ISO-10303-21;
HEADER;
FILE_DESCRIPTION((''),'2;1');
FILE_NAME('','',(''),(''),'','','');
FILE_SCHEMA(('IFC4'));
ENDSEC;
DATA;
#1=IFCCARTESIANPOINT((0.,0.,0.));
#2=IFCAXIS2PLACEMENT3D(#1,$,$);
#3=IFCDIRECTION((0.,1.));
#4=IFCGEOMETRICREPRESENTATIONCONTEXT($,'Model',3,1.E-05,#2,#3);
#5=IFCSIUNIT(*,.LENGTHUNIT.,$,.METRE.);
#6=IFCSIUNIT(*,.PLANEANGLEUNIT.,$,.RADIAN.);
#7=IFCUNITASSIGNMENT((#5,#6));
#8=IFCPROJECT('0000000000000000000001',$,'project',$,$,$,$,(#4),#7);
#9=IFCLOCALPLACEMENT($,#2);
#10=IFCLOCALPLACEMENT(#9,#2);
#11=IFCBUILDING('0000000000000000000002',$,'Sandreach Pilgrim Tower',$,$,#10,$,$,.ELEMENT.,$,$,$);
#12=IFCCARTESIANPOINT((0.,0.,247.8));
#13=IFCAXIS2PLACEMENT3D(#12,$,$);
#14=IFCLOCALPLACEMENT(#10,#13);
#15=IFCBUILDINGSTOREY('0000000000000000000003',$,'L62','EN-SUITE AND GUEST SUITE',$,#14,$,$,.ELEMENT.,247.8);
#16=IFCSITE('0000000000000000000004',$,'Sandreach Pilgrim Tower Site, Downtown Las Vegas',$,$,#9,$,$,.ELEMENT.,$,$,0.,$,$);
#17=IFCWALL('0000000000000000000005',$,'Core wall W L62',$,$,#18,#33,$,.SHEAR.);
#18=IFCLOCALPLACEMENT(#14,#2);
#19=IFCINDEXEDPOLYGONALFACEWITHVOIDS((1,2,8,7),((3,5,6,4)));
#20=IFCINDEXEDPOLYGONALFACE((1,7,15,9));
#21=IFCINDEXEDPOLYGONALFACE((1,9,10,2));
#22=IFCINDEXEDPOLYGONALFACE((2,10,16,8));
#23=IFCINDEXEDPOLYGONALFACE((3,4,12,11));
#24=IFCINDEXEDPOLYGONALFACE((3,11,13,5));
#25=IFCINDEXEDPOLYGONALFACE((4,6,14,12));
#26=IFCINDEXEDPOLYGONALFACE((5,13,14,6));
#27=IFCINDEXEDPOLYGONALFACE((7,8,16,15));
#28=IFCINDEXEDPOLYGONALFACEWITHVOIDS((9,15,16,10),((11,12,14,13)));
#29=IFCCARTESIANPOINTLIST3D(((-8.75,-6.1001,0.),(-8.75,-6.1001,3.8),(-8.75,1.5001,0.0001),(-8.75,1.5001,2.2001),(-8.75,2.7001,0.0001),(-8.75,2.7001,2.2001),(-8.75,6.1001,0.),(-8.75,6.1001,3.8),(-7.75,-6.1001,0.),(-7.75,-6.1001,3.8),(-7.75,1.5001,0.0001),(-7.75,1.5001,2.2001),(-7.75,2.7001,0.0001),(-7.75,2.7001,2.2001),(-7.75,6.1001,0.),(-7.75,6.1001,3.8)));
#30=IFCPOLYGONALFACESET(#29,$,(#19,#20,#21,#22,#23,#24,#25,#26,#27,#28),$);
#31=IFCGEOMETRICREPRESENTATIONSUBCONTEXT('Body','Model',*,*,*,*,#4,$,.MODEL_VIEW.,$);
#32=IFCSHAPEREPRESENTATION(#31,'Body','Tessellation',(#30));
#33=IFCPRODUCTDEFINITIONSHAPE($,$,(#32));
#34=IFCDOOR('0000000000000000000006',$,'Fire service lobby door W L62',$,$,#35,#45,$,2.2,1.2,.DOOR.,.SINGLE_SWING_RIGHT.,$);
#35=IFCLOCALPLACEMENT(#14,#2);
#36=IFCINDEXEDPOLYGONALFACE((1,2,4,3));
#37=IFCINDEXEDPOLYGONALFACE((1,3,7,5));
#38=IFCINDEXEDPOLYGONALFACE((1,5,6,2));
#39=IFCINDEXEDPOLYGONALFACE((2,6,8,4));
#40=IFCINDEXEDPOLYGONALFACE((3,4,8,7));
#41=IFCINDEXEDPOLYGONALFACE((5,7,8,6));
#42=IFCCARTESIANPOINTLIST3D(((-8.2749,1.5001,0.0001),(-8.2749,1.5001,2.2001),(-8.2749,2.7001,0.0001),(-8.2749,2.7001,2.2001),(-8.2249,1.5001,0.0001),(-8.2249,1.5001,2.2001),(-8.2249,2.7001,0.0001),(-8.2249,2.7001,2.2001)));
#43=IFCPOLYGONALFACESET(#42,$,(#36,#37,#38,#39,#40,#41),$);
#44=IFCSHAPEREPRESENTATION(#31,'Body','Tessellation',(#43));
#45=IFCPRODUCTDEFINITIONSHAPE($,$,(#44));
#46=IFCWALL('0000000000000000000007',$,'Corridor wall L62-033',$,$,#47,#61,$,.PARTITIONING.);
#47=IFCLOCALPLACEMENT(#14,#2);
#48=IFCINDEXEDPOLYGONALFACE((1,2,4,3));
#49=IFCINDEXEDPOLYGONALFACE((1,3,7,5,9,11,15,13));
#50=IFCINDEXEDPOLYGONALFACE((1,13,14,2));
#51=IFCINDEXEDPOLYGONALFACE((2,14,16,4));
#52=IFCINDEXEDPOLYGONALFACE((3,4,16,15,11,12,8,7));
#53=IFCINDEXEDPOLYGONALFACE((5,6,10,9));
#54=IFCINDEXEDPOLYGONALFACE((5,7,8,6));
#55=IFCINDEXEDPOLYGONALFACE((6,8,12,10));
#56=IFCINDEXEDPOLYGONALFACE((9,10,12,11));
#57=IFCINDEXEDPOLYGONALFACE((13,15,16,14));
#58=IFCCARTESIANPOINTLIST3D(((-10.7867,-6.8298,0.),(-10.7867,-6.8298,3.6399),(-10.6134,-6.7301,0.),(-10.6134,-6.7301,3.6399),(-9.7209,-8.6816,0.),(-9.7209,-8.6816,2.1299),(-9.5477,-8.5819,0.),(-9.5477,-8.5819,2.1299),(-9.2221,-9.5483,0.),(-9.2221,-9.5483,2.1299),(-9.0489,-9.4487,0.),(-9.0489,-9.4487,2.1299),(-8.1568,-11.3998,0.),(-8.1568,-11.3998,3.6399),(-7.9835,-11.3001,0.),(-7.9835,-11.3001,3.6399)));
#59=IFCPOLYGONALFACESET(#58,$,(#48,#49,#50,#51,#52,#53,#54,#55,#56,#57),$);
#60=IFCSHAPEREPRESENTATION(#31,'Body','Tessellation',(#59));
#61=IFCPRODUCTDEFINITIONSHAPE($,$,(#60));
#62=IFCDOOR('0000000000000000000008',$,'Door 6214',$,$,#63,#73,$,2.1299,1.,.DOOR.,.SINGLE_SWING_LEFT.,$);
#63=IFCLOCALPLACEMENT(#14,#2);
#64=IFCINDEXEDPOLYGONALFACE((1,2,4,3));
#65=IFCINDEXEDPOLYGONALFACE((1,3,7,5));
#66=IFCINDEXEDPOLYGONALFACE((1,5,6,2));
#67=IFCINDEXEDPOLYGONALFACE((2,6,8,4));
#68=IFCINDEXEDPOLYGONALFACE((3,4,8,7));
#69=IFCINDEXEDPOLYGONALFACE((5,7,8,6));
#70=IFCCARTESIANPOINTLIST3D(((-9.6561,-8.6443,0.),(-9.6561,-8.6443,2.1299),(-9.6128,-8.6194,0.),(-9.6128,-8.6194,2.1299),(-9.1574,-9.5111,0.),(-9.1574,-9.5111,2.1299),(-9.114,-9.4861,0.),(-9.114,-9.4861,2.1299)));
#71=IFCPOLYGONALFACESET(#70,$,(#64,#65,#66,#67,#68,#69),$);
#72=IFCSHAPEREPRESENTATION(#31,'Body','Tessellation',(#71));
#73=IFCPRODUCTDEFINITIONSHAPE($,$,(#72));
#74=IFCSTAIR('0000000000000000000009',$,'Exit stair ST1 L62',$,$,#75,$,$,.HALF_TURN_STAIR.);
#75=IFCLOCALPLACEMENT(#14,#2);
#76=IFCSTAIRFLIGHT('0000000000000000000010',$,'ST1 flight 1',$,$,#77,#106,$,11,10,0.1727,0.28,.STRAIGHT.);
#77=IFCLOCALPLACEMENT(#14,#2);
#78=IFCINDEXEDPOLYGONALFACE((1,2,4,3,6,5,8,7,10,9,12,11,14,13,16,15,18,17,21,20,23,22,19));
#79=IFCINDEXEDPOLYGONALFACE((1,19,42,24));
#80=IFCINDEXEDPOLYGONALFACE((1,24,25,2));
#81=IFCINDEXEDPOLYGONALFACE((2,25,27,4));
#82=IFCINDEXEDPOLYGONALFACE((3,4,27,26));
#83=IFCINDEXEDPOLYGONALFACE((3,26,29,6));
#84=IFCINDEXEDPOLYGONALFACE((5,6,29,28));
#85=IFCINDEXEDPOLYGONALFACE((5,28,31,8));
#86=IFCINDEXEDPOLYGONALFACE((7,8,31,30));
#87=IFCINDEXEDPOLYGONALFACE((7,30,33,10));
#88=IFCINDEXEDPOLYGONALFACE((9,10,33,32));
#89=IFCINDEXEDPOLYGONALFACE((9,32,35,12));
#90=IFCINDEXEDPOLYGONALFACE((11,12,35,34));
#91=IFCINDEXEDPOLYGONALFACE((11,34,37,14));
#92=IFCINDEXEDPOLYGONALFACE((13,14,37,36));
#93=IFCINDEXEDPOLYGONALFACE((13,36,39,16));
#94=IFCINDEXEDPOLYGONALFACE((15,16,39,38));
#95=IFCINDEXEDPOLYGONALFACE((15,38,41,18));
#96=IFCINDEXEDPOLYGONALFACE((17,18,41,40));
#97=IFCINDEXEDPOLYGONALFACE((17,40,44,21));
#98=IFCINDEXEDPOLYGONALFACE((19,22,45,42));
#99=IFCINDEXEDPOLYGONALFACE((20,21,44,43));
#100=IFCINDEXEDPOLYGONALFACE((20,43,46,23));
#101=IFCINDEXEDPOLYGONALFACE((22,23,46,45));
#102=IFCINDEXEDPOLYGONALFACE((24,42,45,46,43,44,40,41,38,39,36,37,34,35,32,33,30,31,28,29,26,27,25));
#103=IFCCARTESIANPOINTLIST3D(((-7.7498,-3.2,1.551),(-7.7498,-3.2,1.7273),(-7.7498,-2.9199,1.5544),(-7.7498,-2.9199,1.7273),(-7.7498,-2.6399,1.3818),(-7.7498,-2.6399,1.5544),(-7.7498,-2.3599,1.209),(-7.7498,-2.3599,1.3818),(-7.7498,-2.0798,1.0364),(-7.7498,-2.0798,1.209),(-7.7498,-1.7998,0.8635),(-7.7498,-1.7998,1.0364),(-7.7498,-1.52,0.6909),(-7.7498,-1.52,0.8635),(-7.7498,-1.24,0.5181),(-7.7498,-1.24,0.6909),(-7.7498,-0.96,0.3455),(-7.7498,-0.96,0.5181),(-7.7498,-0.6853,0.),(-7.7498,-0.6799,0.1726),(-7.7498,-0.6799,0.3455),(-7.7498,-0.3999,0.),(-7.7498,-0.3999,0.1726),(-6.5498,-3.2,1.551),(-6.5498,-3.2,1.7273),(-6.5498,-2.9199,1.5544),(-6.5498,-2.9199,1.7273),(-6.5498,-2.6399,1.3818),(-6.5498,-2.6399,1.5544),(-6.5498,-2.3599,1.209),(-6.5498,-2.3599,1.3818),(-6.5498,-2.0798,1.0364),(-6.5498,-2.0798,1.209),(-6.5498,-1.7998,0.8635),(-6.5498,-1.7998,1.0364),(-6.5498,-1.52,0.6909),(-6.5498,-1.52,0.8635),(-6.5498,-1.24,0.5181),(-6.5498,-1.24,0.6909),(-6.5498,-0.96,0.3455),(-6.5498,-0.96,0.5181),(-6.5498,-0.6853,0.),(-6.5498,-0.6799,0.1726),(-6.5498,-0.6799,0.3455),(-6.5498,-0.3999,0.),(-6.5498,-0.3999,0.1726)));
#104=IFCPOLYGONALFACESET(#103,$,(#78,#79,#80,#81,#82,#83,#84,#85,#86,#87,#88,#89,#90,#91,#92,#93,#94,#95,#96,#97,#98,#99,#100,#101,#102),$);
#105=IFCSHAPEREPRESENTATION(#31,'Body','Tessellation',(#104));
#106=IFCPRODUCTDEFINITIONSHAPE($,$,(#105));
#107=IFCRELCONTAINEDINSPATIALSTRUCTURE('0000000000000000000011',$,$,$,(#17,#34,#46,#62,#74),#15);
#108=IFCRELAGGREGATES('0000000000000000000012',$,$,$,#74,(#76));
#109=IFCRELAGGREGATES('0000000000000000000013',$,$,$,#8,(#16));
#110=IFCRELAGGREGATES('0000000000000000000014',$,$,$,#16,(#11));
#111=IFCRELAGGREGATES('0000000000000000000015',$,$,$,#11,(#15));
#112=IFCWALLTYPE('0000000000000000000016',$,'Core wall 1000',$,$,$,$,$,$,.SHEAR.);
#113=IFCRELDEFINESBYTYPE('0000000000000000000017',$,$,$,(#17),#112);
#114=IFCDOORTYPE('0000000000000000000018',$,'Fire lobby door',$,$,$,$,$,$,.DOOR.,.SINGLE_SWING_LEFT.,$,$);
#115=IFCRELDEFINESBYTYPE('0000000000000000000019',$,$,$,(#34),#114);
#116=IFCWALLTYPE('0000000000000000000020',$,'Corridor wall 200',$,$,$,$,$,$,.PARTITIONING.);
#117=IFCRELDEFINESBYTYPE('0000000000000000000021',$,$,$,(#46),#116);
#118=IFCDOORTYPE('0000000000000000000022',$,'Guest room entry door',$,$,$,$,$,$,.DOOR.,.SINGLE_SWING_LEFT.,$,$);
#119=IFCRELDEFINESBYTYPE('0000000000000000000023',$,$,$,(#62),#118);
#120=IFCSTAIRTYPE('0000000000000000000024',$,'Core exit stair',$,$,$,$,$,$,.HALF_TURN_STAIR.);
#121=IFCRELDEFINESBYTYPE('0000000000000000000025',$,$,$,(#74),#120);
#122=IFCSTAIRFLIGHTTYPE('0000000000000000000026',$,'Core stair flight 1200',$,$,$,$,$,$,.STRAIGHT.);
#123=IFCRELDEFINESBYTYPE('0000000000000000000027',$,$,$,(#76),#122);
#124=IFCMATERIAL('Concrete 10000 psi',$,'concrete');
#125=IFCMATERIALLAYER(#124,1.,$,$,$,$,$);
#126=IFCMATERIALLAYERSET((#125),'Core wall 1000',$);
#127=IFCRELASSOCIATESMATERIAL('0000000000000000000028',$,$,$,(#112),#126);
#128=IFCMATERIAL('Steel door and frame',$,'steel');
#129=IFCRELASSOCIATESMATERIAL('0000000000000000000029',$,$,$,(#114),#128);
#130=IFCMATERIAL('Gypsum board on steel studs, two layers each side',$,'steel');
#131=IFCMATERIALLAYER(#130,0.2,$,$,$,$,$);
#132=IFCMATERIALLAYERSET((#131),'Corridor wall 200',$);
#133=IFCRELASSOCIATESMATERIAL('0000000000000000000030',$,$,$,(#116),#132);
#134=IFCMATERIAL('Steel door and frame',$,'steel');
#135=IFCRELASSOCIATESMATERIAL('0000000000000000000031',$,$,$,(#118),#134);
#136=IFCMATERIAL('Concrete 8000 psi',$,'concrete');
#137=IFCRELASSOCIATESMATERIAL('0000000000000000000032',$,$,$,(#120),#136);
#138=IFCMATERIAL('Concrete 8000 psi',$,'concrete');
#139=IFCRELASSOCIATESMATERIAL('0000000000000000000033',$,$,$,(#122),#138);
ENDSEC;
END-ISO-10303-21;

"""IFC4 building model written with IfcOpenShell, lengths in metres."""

from ifc_helpers import new_model, si_unit, direction, frame, frame_2d, origin, place, context, subcontext, project, spatial, polyline, rectangle, outline, extrude, material, layer, layer_set, type_object, element, fill, aggregate, save


model = new_model("IFC4")

# Units and contexts
model_context = context("Model", 3, precision=1e-05, world=origin(), true_north=direction((0.0, 1.0)))
body_context = subcontext(model_context, "Body", "Model", "MODEL_VIEW")
ifc_project = project(units=[si_unit("LENGTHUNIT", "METRE"), si_unit("PLANEANGLEUNIT", "RADIAN")], contexts=[model_context])

# Site, building, storey
site_placement = place(None, origin())
site = spatial("IfcSite", under=ifc_project, at=site_placement, Name="Sandreach Pilgrim Tower Site, Downtown Las Vegas", CompositionType="ELEMENT", RefElevation=0.0)
building_placement = place(site_placement, origin())
building = spatial("IfcBuilding", under=site, at=building_placement, Name="Sandreach Pilgrim Tower", CompositionType="ELEMENT")
storey_placement = place(building_placement, frame((0.0, 0.0, 247.8)))
storey = spatial("IfcBuildingStorey", under=building, at=storey_placement, Name="L62", Description="EN-SUITE AND GUEST SUITE", CompositionType="ELEMENT", Elevation=247.8)

# Shared definitions
ifc_material_1 = material(Name="Concrete 10000 psi", Category="concrete")
ifc_layer_1 = layer(ifc_material_1, 1.0)
ifc_layer_set_1 = layer_set([ifc_layer_1], Name="Core wall 1000")
wall_type_1 = type_object("IfcWallType", Name="Core wall 1000", PredefinedType="SHEAR", material=ifc_layer_set_1)

# Walls, openings, doors
wall_1_placement = place(storey_placement, frame((-8.25, -6.1001, 0.0), z_axis=(0.0, 0.0, 1.0), x_axis=(0.0, 1.0, 0.0)))
wall_1 = element("IfcWall", 1, at=wall_1_placement, inside=storey, type_object=wall_type_1, Name="Core wall W L62", PredefinedType="SHEAR", context=body_context, shape_type="SweptSolid", body=[
    extrude(rectangle(XDim=12.2002, YDim=1.0, at=frame_2d((6.1001, 0.0))), origin(), (0.0, 0.0, 1.0), 3.8),
])
opening_1_placement = place(wall_1_placement, frame((7.6001, 0.0, 0.0)))
opening_1 = element("IfcOpeningElement", 2, at=opening_1_placement, cuts=wall_1, PredefinedType="OPENING", context=body_context, shape_type="SweptSolid", body=[
    extrude(rectangle(XDim=1.2, YDim=2.2, at=frame_2d((0.6001, 1.1001))), frame((0.0, 0.5, 0.0), z_axis=(0.0, -1.0, 0.0), x_axis=(1.0, 0.0, 0.0)), (0.0, 0.0, 1.0), 1.0),
])
ifc_material_2 = material(Name="Steel door and frame", Category="steel")
door_type_1 = type_object("IfcDoorType", Name="Fire lobby door", OperationType="SINGLE_SWING_LEFT", PredefinedType="DOOR", material=ifc_material_2)
door_1_placement = place(opening_1_placement, origin())
door_1 = element("IfcDoor", 3, at=door_1_placement, inside=storey, type_object=door_type_1, Name="Fire service lobby door W L62", OperationType="SINGLE_SWING_RIGHT", OverallHeight=2.2, OverallWidth=1.2, PredefinedType="DOOR", context=body_context, shape_type="SweptSolid", body=[
    extrude(rectangle(XDim=1.2, YDim=2.2, at=frame_2d((0.6001, 1.1001))), frame((0.0, 0.0249, 0.0), z_axis=(0.0, -1.0, 0.0), x_axis=(1.0, 0.0, 0.0)), (0.0, 0.0, 1.0), 0.05),
])
fill(opening_1, door_1)
ifc_material_3 = material(Name="Gypsum board on steel studs, two layers each side", Category="steel")
ifc_layer_2 = layer(ifc_material_3, 0.2)
ifc_layer_set_2 = layer_set([ifc_layer_2], Name="Corridor wall 200")
wall_type_2 = type_object("IfcWallType", Name="Corridor wall 200", PredefinedType="PARTITIONING", material=ifc_layer_set_2)
wall_2_placement = place(storey_placement, frame((-10.7, -6.78, 0.0), z_axis=(0.0, 0.0, 1.0), x_axis=(0.498769, -0.866735, 0.0)))
wall_2 = element("IfcWall", 4, at=wall_2_placement, inside=storey, type_object=wall_type_2, Name="Corridor wall L62-033", PredefinedType="PARTITIONING", context=body_context, shape_type="SweptSolid", body=[
    extrude(rectangle(XDim=5.2727, YDim=0.2, at=frame_2d((2.6362, 0.0))), origin(), (0.0, 0.0, 1.0), 3.6399),
])
opening_2_placement = place(wall_2_placement, frame((2.1365, 0.0, 0.0)))
opening_2 = element("IfcOpeningElement", 5, at=opening_2_placement, cuts=wall_2, PredefinedType="OPENING", context=body_context, shape_type="SweptSolid", body=[
    extrude(rectangle(XDim=1.0, YDim=2.1299, at=frame_2d((0.5, 1.0649))), frame((0.0, 0.1001, 0.0), z_axis=(0.0, -1.0, 0.0), x_axis=(1.0, 0.0, 0.0)), (0.0, 0.0, 1.0), 0.2),
])
ifc_material_4 = material(Name="Steel door and frame", Category="steel")
door_type_2 = type_object("IfcDoorType", Name="Guest room entry door", OperationType="SINGLE_SWING_LEFT", PredefinedType="DOOR", material=ifc_material_4)
door_2_placement = place(opening_2_placement, origin())
door_2 = element("IfcDoor", 6, at=door_2_placement, inside=storey, type_object=door_type_2, Name="Door 6214", OperationType="SINGLE_SWING_LEFT", OverallHeight=2.1299, OverallWidth=1.0, PredefinedType="DOOR", context=body_context, shape_type="SweptSolid", body=[
    extrude(rectangle(XDim=1.0, YDim=2.1299, at=frame_2d((0.5, 1.0649))), frame((0.0, 0.0249, 0.0), z_axis=(0.0, -1.0, 0.0), x_axis=(1.0, 0.0, 0.0)), (0.0, 0.0, 1.0), 0.05),
])
fill(opening_2, door_2)

# Stair, stair flight
ifc_material_5 = material(Name="Concrete 8000 psi", Category="concrete")
stair_type = type_object("IfcStairType", Name="Core exit stair", PredefinedType="HALF_TURN_STAIR", material=ifc_material_5)
stair_placement = place(storey_placement, origin())
stair = element("IfcStair", 7, at=stair_placement, inside=storey, type_object=stair_type, Name="Exit stair ST1 L62", PredefinedType="HALF_TURN_STAIR")
ifc_material_6 = material(Name="Concrete 8000 psi", Category="concrete")
stair_flight_type = type_object("IfcStairFlightType", Name="Core stair flight 1200", PredefinedType="STRAIGHT", material=ifc_material_6)
stair_flight_placement = place(storey_placement, frame((-7.1499, -0.3999, 0.0), z_axis=(0.0, 0.0, 1.0), x_axis=(0.0, -1.0, 0.0)))
stair_flight = element("IfcStairFlight", 8, at=stair_flight_placement, type_object=stair_flight_type, Name="ST1 flight 1", NumberOfRisers=11, NumberOfTreads=10, PredefinedType="STRAIGHT", RiserHeight=0.1727, TreadLength=0.28, context=body_context, shape_type="SweptSolid", body=[
    extrude(outline(polyline([(0.0, 0.0), (0.0, 0.1726), (0.28, 0.1726), (0.28, 0.3455), (0.5601, 0.3455), (0.5601, 0.5181), (0.8401, 0.5181), (0.8401, 0.6909), (1.1201, 0.6909), (1.1201, 0.8635), (1.3999, 0.8635), (1.3999, 1.0364), (1.6799, 1.0364), (1.6799, 1.209), (1.96, 1.209), (1.96, 1.3818), (2.24, 1.3818), (2.24, 1.5544), (2.52, 1.5544), (2.52, 1.7273), (2.8, 1.7273), (2.8, 1.8999), (2.8, 1.551), (0.2854, 0.0), (0.0, 0.0)])), frame((0.0, 0.6001, 0.0), z_axis=(0.0, -1.0, 0.0), x_axis=(1.0, 0.0, 0.0)), (0.0, 0.0, 1.0), 1.2),
])
aggregate(stair, [stair_flight])

save(model, "model.ifc")
